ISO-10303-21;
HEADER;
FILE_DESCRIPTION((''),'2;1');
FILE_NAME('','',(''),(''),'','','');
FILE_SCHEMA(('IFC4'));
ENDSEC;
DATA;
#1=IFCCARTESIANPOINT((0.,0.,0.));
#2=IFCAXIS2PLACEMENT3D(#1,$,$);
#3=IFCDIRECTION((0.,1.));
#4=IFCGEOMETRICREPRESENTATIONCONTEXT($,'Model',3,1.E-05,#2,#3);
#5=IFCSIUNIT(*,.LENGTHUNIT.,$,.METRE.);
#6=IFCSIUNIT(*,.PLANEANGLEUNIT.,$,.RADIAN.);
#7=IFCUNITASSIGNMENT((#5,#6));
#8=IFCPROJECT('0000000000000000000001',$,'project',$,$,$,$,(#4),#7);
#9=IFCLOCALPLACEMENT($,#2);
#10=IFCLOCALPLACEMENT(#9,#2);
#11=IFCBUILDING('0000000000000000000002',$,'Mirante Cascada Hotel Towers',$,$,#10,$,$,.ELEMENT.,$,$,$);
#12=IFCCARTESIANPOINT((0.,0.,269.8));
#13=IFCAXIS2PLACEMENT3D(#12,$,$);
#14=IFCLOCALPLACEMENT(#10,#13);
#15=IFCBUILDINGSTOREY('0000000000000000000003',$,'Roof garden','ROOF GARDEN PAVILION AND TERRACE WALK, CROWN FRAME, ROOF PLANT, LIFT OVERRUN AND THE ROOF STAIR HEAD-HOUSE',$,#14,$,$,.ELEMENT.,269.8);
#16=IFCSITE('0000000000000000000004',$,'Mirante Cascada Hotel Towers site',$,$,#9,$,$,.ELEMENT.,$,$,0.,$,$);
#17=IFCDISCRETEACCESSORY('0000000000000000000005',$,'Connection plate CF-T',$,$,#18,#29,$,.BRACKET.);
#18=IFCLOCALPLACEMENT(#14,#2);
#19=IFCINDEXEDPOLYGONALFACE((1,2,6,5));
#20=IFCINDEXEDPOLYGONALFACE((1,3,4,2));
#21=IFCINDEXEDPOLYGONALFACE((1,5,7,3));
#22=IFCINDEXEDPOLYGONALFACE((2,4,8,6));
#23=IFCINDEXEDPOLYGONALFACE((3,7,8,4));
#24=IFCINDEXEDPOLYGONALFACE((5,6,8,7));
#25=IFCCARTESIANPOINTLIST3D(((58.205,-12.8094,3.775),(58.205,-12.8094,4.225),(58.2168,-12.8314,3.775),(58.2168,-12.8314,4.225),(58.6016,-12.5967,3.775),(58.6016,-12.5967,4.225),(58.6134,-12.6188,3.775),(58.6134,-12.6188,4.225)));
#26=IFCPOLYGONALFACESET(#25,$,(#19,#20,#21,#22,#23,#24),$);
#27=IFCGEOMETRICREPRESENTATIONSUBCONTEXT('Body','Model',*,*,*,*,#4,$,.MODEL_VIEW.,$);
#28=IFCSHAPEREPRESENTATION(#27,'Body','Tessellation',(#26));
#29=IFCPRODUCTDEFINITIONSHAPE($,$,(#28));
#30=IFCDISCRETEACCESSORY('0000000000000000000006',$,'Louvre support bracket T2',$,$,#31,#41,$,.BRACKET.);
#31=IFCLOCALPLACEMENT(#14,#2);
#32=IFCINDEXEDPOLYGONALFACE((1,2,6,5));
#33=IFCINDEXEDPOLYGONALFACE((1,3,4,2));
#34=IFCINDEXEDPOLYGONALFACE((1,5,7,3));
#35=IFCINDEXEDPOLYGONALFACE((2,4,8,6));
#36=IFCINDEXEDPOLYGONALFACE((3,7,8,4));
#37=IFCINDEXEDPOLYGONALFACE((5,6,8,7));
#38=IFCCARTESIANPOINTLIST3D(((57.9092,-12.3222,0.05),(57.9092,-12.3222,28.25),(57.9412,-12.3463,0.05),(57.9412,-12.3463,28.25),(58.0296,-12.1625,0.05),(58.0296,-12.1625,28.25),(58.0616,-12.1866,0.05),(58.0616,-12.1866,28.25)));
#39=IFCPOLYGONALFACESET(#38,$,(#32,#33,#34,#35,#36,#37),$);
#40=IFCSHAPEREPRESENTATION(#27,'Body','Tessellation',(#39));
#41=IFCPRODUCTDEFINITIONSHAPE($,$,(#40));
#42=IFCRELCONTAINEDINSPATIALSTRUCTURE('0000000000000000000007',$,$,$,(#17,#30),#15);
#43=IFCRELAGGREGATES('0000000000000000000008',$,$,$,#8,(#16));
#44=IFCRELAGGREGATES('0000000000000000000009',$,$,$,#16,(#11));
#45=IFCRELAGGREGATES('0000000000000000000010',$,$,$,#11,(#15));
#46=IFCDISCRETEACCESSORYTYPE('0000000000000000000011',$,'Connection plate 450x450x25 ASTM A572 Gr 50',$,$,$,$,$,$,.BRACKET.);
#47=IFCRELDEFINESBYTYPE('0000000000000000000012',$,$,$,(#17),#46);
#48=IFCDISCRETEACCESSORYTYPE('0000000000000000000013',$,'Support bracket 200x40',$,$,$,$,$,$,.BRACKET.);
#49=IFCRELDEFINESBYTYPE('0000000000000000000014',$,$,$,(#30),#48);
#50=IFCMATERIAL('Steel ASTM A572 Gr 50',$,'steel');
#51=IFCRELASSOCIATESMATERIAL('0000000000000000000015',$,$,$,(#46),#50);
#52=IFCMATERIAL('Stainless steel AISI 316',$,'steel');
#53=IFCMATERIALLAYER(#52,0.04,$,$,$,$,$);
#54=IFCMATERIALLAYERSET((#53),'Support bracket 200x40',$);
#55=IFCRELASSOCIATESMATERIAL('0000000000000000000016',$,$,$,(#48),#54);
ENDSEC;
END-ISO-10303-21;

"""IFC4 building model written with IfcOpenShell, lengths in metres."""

from ifc_helpers import new_model, si_unit, direction, frame, origin, origin_2d, place, context, subcontext, project, spatial, rectangle, extrude, material, layer, layer_set, material_profile, profile_set, type_object, element, save


model = new_model("IFC4")

# Units and contexts
model_context = context("Model", 3, precision=1e-05, world=origin(), true_north=direction((0.0, 1.0)))
body_context = subcontext(model_context, "Body", "Model", "MODEL_VIEW")
ifc_project = project(units=[si_unit("LENGTHUNIT", "METRE"), si_unit("PLANEANGLEUNIT", "RADIAN")], contexts=[model_context])

# Site, building, storey
site_placement = place(None, origin())
site = spatial("IfcSite", under=ifc_project, at=site_placement, Name="Mirante Cascada Hotel Towers site", CompositionType="ELEMENT", RefElevation=0.0)
building_placement = place(site_placement, origin())
building = spatial("IfcBuilding", under=site, at=building_placement, Name="Mirante Cascada Hotel Towers", CompositionType="ELEMENT")
storey_placement = place(building_placement, frame((0.0, 0.0, 269.8)))
storey = spatial("IfcBuildingStorey", under=building, at=storey_placement, Name="Roof garden", Description="ROOF GARDEN PAVILION AND TERRACE WALK, CROWN FRAME, ROOF PLANT, LIFT OVERRUN AND THE ROOF STAIR HEAD-HOUSE", CompositionType="ELEMENT", Elevation=269.8)

# Discrete accessories
ifc_material_1 = material(Name="Steel ASTM A572 Gr 50", Category="steel")
ifc_material_profile_1 = material_profile(ifc_material_1, rectangle(XDim=0.45, YDim=0.45, at=origin_2d()), Name="Connection plate 450x450x25 ASTM A572 Gr 50")
ifc_profile_set_1 = profile_set([ifc_material_profile_1], Name="Steel ASTM A572 Gr 50")
discrete_accessory_type_1 = type_object("IfcDiscreteAccessoryType", Name="Connection plate 450x450x25 ASTM A572 Gr 50", PredefinedType="BRACKET", material=ifc_profile_set_1)
discrete_accessory_1_placement = place(storey_placement, frame((58.4151, -12.7251, 4.0), z_axis=(-0.472666, 0.881242, 0.0), x_axis=(-0.881242, -0.472666, 0.0)))
element("IfcDiscreteAccessory", 1, at=discrete_accessory_1_placement, inside=storey, type_object=discrete_accessory_type_1, Name="Connection plate CF-T", PredefinedType="BRACKET", context=body_context, shape_type="SweptSolid", body=[
    extrude(rectangle(XDim=0.45, YDim=0.45, at=origin_2d()), origin(), (0.0, 0.0, 1.0), 0.025),
])
ifc_material_2 = material(Name="Stainless steel AISI 316", Category="steel")
ifc_layer_1 = layer(ifc_material_2, 0.04)
ifc_layer_set_1 = layer_set([ifc_layer_1], Name="Support bracket 200x40")
discrete_accessory_type_2 = type_object("IfcDiscreteAccessoryType", Name="Support bracket 200x40", PredefinedType="BRACKET", material=ifc_layer_set_1)
discrete_accessory_2_placement = place(storey_placement, frame((57.9854, -12.2544, 0.05), z_axis=(0.0, 0.0, 1.0), x_axis=(-0.601815, -0.798636, 0.0)))
element("IfcDiscreteAccessory", 2, at=discrete_accessory_2_placement, inside=storey, type_object=discrete_accessory_type_2, Name="Louvre support bracket T2", PredefinedType="BRACKET", context=body_context, shape_type="SweptSolid", body=[
    extrude(rectangle(XDim=0.2, YDim=0.04, at=origin_2d()), origin(), (0.0, 0.0, 1.0), 28.2),
])

save(model, "model.ifc")
